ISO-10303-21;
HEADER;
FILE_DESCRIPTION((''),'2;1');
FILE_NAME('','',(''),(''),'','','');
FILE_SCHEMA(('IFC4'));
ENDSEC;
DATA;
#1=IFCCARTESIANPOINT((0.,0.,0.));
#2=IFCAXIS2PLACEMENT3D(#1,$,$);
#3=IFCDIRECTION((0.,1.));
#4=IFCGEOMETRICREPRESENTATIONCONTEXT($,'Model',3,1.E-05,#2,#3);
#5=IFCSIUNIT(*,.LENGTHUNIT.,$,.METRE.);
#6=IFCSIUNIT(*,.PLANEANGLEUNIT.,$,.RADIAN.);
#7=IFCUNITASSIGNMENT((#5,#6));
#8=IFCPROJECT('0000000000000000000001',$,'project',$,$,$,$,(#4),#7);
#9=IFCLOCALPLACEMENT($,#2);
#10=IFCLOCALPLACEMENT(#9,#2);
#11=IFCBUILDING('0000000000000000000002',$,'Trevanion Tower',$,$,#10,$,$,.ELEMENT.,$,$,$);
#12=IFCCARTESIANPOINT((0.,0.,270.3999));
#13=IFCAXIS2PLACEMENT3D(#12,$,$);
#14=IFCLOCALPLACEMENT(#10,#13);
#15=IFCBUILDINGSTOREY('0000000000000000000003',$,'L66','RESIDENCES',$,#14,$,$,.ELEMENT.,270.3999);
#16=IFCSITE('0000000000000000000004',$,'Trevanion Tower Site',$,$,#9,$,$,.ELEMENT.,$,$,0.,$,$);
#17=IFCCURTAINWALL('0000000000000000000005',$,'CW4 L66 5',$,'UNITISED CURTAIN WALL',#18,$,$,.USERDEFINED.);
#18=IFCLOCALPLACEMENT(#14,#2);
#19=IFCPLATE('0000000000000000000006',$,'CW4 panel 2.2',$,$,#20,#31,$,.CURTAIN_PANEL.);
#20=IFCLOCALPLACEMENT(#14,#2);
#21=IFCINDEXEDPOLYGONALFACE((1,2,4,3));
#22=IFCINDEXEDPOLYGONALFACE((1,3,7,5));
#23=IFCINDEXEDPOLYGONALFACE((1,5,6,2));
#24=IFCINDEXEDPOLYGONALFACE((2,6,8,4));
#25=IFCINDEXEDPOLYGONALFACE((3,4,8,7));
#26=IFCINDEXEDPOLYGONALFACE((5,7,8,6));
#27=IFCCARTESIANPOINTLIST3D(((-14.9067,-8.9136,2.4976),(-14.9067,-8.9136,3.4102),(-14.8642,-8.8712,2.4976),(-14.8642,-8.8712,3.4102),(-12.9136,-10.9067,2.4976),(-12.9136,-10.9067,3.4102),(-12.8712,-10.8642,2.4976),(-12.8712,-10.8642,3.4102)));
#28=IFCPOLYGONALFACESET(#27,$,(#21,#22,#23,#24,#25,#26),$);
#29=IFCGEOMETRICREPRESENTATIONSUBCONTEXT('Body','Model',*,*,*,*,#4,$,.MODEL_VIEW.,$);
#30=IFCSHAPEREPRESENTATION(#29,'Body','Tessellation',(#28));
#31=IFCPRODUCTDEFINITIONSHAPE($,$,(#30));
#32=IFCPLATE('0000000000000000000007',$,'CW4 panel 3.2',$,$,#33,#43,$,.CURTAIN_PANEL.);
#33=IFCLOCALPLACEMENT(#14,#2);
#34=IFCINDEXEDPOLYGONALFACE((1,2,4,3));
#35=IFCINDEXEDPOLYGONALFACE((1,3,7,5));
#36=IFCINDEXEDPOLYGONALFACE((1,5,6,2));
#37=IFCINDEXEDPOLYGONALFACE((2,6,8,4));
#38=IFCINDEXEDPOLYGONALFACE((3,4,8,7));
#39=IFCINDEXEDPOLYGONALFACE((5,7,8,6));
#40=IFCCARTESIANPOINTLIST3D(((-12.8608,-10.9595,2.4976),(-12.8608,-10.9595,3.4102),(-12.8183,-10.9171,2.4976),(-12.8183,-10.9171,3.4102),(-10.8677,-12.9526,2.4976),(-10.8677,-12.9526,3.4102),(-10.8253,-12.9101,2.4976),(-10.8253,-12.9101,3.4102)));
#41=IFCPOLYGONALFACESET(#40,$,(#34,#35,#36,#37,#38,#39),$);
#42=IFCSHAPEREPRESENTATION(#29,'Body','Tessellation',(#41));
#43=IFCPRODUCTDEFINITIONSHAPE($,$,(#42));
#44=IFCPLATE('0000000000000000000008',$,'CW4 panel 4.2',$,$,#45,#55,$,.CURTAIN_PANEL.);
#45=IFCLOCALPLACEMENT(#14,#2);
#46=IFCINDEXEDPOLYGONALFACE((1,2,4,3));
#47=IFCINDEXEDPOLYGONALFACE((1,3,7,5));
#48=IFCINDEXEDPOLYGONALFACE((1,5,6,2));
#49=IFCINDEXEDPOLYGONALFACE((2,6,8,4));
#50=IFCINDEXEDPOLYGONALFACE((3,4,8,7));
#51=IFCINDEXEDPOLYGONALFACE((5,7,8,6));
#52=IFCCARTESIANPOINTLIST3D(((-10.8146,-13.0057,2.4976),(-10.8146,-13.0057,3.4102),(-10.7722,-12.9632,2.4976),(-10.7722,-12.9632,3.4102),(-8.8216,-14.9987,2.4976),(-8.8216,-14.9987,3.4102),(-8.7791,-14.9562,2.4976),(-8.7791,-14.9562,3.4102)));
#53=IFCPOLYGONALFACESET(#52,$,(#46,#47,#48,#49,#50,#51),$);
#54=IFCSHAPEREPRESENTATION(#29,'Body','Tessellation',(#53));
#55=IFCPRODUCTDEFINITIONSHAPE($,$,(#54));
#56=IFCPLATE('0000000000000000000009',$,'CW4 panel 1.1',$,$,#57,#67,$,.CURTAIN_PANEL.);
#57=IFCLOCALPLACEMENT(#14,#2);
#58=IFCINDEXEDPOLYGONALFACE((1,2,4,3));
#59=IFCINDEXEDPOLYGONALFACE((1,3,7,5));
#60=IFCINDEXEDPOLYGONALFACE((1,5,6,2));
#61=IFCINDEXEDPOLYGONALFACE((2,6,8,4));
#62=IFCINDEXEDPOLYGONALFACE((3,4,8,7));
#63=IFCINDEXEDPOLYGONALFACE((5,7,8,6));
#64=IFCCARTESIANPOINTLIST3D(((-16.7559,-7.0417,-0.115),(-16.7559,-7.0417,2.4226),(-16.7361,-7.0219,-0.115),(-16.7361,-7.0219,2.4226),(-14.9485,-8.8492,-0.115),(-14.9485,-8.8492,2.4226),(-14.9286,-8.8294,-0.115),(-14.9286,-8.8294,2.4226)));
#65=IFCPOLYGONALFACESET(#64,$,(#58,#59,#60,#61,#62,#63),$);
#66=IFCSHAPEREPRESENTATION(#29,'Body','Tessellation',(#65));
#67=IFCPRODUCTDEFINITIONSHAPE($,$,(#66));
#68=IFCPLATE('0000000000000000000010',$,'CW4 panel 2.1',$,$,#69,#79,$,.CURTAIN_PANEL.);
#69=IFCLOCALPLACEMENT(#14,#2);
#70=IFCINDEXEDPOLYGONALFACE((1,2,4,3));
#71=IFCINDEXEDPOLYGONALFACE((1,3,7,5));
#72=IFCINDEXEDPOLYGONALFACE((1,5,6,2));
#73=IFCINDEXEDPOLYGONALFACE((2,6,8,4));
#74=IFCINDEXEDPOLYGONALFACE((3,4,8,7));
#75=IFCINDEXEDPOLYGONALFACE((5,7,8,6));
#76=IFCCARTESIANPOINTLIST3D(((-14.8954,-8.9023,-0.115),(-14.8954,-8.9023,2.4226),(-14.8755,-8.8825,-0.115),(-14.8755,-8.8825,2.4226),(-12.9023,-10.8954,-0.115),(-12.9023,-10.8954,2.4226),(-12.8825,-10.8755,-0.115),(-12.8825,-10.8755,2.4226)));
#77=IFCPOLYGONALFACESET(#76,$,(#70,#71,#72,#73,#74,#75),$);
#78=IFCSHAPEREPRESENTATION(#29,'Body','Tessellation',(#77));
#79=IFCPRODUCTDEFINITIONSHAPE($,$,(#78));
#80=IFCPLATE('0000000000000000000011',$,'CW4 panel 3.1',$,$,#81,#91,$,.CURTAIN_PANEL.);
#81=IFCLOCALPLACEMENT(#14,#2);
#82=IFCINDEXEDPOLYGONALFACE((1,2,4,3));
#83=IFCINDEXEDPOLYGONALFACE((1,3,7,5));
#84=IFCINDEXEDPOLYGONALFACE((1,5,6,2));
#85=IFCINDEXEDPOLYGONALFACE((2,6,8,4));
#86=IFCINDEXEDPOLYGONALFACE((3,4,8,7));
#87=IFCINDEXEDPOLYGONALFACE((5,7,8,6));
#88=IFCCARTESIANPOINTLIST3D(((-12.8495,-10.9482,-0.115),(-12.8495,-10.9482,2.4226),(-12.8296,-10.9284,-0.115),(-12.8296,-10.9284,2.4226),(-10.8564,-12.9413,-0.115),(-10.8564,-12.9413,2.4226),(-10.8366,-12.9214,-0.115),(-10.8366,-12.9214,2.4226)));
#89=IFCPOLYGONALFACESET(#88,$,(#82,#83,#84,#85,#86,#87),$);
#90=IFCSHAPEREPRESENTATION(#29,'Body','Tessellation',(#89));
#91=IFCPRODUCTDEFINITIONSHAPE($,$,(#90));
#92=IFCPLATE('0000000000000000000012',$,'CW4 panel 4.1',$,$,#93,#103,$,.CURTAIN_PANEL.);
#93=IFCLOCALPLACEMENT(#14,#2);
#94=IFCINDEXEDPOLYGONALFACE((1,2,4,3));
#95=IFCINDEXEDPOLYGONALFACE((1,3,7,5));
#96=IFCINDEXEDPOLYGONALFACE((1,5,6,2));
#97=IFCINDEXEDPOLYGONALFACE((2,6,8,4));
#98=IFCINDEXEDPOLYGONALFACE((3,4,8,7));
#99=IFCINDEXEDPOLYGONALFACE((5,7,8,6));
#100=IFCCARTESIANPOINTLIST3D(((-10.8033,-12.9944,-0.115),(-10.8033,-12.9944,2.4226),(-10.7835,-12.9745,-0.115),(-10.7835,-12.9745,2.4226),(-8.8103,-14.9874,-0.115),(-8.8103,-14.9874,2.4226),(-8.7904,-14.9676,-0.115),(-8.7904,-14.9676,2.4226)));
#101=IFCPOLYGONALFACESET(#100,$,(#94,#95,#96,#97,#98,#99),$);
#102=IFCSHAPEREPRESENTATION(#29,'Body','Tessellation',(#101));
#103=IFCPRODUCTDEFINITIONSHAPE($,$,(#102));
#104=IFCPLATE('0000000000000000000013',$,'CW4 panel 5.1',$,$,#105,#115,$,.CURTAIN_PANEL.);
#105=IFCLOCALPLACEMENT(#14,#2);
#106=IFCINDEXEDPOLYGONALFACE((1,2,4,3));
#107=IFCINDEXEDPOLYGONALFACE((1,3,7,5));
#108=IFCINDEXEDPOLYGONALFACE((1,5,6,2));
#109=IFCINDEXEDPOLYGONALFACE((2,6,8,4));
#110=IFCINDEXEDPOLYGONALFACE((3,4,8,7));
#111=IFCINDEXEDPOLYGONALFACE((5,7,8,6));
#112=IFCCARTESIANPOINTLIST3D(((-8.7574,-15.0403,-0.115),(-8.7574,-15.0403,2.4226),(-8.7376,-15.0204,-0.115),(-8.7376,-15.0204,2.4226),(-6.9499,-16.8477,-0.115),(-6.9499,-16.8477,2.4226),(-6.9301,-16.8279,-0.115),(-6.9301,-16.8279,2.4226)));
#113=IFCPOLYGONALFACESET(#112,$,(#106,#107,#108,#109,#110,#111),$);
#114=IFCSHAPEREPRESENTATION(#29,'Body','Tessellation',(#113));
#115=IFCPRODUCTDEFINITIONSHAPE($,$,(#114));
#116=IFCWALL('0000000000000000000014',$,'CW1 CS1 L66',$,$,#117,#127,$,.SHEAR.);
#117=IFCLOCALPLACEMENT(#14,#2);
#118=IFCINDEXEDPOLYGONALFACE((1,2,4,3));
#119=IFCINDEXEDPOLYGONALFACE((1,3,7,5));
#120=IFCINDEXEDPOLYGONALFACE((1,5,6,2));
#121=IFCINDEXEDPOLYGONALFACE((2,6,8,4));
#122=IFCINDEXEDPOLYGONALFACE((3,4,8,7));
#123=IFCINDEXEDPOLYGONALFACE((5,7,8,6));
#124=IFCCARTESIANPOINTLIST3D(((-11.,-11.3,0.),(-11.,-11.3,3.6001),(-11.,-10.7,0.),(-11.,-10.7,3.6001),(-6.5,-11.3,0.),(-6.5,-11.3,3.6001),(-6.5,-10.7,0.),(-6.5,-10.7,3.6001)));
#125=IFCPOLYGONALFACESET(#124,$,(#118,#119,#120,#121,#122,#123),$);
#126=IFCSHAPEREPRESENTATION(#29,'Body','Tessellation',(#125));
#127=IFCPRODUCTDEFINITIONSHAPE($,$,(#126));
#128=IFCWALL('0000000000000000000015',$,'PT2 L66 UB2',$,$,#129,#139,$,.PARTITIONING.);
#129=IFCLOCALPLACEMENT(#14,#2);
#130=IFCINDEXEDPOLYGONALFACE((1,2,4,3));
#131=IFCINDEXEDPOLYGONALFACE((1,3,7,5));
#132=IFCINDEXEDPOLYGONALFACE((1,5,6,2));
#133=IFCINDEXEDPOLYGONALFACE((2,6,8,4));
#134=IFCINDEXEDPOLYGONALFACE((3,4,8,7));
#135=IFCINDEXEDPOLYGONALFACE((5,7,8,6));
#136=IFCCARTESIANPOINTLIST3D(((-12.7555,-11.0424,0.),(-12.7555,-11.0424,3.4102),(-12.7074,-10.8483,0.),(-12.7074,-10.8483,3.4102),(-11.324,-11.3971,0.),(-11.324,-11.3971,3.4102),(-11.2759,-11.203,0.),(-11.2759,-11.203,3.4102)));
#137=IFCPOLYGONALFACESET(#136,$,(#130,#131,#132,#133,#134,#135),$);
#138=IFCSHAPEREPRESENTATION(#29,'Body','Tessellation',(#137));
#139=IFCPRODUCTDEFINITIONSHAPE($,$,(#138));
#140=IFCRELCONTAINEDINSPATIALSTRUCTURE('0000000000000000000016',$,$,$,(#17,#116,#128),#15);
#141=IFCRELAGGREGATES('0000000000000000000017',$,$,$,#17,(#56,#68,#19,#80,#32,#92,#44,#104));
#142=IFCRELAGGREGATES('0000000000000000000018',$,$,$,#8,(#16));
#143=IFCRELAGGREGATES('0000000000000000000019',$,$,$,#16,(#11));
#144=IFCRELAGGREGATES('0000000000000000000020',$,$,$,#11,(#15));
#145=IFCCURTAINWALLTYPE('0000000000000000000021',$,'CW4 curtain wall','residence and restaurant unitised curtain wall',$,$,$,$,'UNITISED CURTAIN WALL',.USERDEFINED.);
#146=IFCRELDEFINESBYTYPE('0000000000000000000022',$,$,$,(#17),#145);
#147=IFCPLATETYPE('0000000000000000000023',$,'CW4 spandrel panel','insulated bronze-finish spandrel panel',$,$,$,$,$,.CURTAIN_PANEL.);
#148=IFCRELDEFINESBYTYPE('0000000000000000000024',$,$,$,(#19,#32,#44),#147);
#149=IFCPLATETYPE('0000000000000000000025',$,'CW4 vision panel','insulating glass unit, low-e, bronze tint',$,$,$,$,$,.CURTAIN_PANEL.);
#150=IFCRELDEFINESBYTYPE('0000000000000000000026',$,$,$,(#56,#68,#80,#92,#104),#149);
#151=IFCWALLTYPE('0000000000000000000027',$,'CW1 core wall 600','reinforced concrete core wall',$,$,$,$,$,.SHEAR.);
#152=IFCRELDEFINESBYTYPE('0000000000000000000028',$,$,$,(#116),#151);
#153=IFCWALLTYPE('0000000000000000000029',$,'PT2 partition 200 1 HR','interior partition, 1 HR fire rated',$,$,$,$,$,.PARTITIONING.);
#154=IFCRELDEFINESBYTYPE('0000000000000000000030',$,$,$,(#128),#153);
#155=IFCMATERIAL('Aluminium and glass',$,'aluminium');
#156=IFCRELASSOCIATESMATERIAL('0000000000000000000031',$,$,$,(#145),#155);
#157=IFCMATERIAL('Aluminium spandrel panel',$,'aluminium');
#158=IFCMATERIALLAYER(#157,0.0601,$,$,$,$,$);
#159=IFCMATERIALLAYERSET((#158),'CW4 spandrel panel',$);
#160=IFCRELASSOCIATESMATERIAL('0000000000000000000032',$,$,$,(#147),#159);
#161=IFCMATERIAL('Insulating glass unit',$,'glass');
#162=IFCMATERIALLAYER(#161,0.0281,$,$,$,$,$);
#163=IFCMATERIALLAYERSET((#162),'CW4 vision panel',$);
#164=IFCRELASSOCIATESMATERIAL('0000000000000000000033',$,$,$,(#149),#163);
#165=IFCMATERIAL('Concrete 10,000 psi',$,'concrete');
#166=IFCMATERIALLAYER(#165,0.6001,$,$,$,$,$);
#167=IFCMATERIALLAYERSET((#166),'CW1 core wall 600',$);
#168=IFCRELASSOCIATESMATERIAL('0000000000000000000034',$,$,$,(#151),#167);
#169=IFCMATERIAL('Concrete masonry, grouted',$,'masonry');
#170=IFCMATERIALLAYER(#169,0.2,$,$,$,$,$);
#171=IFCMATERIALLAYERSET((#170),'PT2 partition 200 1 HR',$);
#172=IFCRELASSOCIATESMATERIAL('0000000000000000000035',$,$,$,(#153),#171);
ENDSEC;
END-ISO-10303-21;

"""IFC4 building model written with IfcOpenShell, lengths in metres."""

from ifc_helpers import new_model, si_unit, direction, frame, frame_2d, origin, origin_2d, place, context, subcontext, project, spatial, rectangle, extrude, material, layer, layer_set, type_object, element, aggregate, save


model = new_model("IFC4")

# Units and contexts
model_context = context("Model", 3, precision=1e-05, world=origin(), true_north=direction((0.0, 1.0)))
body_context = subcontext(model_context, "Body", "Model", "MODEL_VIEW")
ifc_project = project(units=[si_unit("LENGTHUNIT", "METRE"), si_unit("PLANEANGLEUNIT", "RADIAN")], contexts=[model_context])

# Site, building, storey
site_placement = place(None, origin())
site = spatial("IfcSite", under=ifc_project, at=site_placement, Name="Trevanion Tower Site", CompositionType="ELEMENT", RefElevation=0.0)
building_placement = place(site_placement, origin())
building = spatial("IfcBuilding", under=site, at=building_placement, Name="Trevanion Tower", CompositionType="ELEMENT")
storey_placement = place(building_placement, frame((0.0, 0.0, 270.3999)))
storey = spatial("IfcBuildingStorey", under=building, at=storey_placement, Name="L66", Description="RESIDENCES", CompositionType="ELEMENT", Elevation=270.3999)

# Curtain wall, plates
ifc_material_1 = material(Name="Aluminium and glass", Category="aluminium")
curtain_wall_type = type_object("IfcCurtainWallType", Name="CW4 curtain wall", Description="residence and restaurant unitised curtain wall", ElementType="UNITISED CURTAIN WALL", PredefinedType="USERDEFINED", material=ifc_material_1)
curtain_wall_placement = place(storey_placement, origin())
curtain_wall = element("IfcCurtainWall", 1, at=curtain_wall_placement, inside=storey, type_object=curtain_wall_type, Name="CW4 L66 5", ObjectType="UNITISED CURTAIN WALL", PredefinedType="USERDEFINED")
ifc_material_2 = material(Name="Aluminium spandrel panel", Category="aluminium")
ifc_layer_1 = layer(ifc_material_2, 0.0601)
ifc_layer_set_1 = layer_set([ifc_layer_1], Name="CW4 spandrel panel")
plate_type_1 = type_object("IfcPlateType", Name="CW4 spandrel panel", Description="insulated bronze-finish spandrel panel", PredefinedType="CURTAIN_PANEL", material=ifc_layer_set_1)
plate_1_placement = place(storey_placement, frame((-13.8889, -9.8889, 2.4976), z_axis=(0.0, 0.0, 1.0), x_axis=(0.707107, -0.707107, 0.0)))
plate_1 = element("IfcPlate", 2, at=plate_1_placement, type_object=plate_type_1, Name="CW4 panel 2.2", PredefinedType="CURTAIN_PANEL", context=body_context, shape_type="SweptSolid", body=[
    extrude(rectangle(XDim=2.8186, YDim=0.0601, at=origin_2d()), origin(), (0.0, 0.0, 1.0), 0.9126),
])
plate_2_placement = place(storey_placement, frame((-11.843, -11.9348, 2.4976), z_axis=(0.0, 0.0, 1.0), x_axis=(0.707107, -0.707107, 0.0)))
plate_2 = element("IfcPlate", 3, at=plate_2_placement, type_object=plate_type_1, Name="CW4 panel 3.2", PredefinedType="CURTAIN_PANEL", context=body_context, shape_type="SweptSolid", body=[
    extrude(rectangle(XDim=2.8186, YDim=0.0601, at=origin_2d()), origin(), (0.0, 0.0, 1.0), 0.9126),
])
plate_3_placement = place(storey_placement, frame((-9.7969, -13.981, 2.4976), z_axis=(0.0, 0.0, 1.0), x_axis=(0.707107, -0.707107, 0.0)))
plate_3 = element("IfcPlate", 4, at=plate_3_placement, type_object=plate_type_1, Name="CW4 panel 4.2", PredefinedType="CURTAIN_PANEL", context=body_context, shape_type="SweptSolid", body=[
    extrude(rectangle(XDim=2.8186, YDim=0.0601, at=origin_2d()), origin(), (0.0, 0.0, 1.0), 0.9126),
])
ifc_material_3 = material(Name="Insulating glass unit", Category="glass")
ifc_layer_2 = layer(ifc_material_3, 0.0281)
ifc_layer_set_2 = layer_set([ifc_layer_2], Name="CW4 vision panel")
plate_type_2 = type_object("IfcPlateType", Name="CW4 vision panel", Description="insulating glass unit, low-e, bronze tint", PredefinedType="CURTAIN_PANEL", material=ifc_layer_set_2)
plate_4_placement = place(storey_placement, frame((-15.8423, -7.9355, -0.115), z_axis=(0.0, 0.0, 1.0), x_axis=(0.707107, -0.707107, 0.0)))
plate_4 = element("IfcPlate", 5, at=plate_4_placement, type_object=plate_type_2, Name="CW4 panel 1.1", PredefinedType="CURTAIN_PANEL", context=body_context, shape_type="SweptSolid", body=[
    extrude(rectangle(XDim=2.5562, YDim=0.0281, at=origin_2d()), origin(), (0.0, 0.0, 1.0), 2.5376),
])
plate_5_placement = place(storey_placement, frame((-13.8889, -9.8889, -0.115), z_axis=(0.0, 0.0, 1.0), x_axis=(0.707107, -0.707107, 0.0)))
plate_5 = element("IfcPlate", 6, at=plate_5_placement, type_object=plate_type_2, Name="CW4 panel 2.1", PredefinedType="CURTAIN_PANEL", context=body_context, shape_type="SweptSolid", body=[
    extrude(rectangle(XDim=2.8186, YDim=0.0281, at=origin_2d()), origin(), (0.0, 0.0, 1.0), 2.5376),
])
plate_6_placement = place(storey_placement, frame((-11.843, -11.9348, -0.115), z_axis=(0.0, 0.0, 1.0), x_axis=(0.707107, -0.707107, 0.0)))
plate_6 = element("IfcPlate", 7, at=plate_6_placement, type_object=plate_type_2, Name="CW4 panel 3.1", PredefinedType="CURTAIN_PANEL", context=body_context, shape_type="SweptSolid", body=[
    extrude(rectangle(XDim=2.8186, YDim=0.0281, at=origin_2d()), origin(), (0.0, 0.0, 1.0), 2.5376),
])
plate_7_placement = place(storey_placement, frame((-9.7969, -13.981, -0.115), z_axis=(0.0, 0.0, 1.0), x_axis=(0.707107, -0.707107, 0.0)))
plate_7 = element("IfcPlate", 8, at=plate_7_placement, type_object=plate_type_2, Name="CW4 panel 4.1", PredefinedType="CURTAIN_PANEL", context=body_context, shape_type="SweptSolid", body=[
    extrude(rectangle(XDim=2.8186, YDim=0.0281, at=origin_2d()), origin(), (0.0, 0.0, 1.0), 2.5376),
])
plate_8_placement = place(storey_placement, frame((-7.8438, -15.9341, -0.115), z_axis=(0.0, 0.0, 1.0), x_axis=(0.707107, -0.707107, 0.0)))
plate_8 = element("IfcPlate", 9, at=plate_8_placement, type_object=plate_type_2, Name="CW4 panel 5.1", PredefinedType="CURTAIN_PANEL", context=body_context, shape_type="SweptSolid", body=[
    extrude(rectangle(XDim=2.5562, YDim=0.0281, at=origin_2d()), origin(), (0.0, 0.0, 1.0), 2.5376),
])
aggregate(curtain_wall, [plate_4, plate_5, plate_1, plate_6, plate_2, plate_7, plate_3, plate_8])

# Walls
ifc_material_4 = material(Name="Concrete 10,000 psi", Category="concrete")
ifc_layer_3 = layer(ifc_material_4, 0.6001)
ifc_layer_set_3 = layer_set([ifc_layer_3], Name="CW1 core wall 600")
wall_type_1 = type_object("IfcWallType", Name="CW1 core wall 600", Description="reinforced concrete core wall", PredefinedType="SHEAR", material=ifc_layer_set_3)
wall_1_placement = place(storey_placement, frame((-11.0, -11.0, 0.0), z_axis=(0.0, 0.0, 1.0), x_axis=(1.0, 0.0, 0.0)))
element("IfcWall", 10, at=wall_1_placement, inside=storey, type_object=wall_type_1, Name="CW1 CS1 L66", PredefinedType="SHEAR", context=body_context, shape_type="SweptSolid", body=[
    extrude(rectangle(XDim=4.5, YDim=0.6001, at=frame_2d((2.25, 0.0))), origin(), (0.0, 0.0, 1.0), 3.6001),
])
ifc_material_5 = material(Name="Concrete masonry, grouted", Category="masonry")
ifc_layer_4 = layer(ifc_material_5, 0.2)
ifc_layer_set_4 = layer_set([ifc_layer_4], Name="PT2 partition 200 1 HR")
wall_type_2 = type_object("IfcWallType", Name="PT2 partition 200 1 HR", Description="interior partition, 1 HR fire rated", PredefinedType="PARTITIONING", material=ifc_layer_set_4)
wall_2_placement = place(storey_placement, frame((-11.3, -11.3, 0.0), z_axis=(0.0, 0.0, 1.0), x_axis=(-0.970647, 0.24051, 0.0)))
element("IfcWall", 11, at=wall_2_placement, inside=storey, type_object=wall_type_2, Name="PT2 L66 UB2", PredefinedType="PARTITIONING", context=body_context, shape_type="SweptSolid", body=[
    extrude(rectangle(XDim=1.4749, YDim=0.2, at=frame_2d((0.7373, 0.0))), origin(), (0.0, 0.0, 1.0), 3.4102),
])

save(model, "model.ifc")
